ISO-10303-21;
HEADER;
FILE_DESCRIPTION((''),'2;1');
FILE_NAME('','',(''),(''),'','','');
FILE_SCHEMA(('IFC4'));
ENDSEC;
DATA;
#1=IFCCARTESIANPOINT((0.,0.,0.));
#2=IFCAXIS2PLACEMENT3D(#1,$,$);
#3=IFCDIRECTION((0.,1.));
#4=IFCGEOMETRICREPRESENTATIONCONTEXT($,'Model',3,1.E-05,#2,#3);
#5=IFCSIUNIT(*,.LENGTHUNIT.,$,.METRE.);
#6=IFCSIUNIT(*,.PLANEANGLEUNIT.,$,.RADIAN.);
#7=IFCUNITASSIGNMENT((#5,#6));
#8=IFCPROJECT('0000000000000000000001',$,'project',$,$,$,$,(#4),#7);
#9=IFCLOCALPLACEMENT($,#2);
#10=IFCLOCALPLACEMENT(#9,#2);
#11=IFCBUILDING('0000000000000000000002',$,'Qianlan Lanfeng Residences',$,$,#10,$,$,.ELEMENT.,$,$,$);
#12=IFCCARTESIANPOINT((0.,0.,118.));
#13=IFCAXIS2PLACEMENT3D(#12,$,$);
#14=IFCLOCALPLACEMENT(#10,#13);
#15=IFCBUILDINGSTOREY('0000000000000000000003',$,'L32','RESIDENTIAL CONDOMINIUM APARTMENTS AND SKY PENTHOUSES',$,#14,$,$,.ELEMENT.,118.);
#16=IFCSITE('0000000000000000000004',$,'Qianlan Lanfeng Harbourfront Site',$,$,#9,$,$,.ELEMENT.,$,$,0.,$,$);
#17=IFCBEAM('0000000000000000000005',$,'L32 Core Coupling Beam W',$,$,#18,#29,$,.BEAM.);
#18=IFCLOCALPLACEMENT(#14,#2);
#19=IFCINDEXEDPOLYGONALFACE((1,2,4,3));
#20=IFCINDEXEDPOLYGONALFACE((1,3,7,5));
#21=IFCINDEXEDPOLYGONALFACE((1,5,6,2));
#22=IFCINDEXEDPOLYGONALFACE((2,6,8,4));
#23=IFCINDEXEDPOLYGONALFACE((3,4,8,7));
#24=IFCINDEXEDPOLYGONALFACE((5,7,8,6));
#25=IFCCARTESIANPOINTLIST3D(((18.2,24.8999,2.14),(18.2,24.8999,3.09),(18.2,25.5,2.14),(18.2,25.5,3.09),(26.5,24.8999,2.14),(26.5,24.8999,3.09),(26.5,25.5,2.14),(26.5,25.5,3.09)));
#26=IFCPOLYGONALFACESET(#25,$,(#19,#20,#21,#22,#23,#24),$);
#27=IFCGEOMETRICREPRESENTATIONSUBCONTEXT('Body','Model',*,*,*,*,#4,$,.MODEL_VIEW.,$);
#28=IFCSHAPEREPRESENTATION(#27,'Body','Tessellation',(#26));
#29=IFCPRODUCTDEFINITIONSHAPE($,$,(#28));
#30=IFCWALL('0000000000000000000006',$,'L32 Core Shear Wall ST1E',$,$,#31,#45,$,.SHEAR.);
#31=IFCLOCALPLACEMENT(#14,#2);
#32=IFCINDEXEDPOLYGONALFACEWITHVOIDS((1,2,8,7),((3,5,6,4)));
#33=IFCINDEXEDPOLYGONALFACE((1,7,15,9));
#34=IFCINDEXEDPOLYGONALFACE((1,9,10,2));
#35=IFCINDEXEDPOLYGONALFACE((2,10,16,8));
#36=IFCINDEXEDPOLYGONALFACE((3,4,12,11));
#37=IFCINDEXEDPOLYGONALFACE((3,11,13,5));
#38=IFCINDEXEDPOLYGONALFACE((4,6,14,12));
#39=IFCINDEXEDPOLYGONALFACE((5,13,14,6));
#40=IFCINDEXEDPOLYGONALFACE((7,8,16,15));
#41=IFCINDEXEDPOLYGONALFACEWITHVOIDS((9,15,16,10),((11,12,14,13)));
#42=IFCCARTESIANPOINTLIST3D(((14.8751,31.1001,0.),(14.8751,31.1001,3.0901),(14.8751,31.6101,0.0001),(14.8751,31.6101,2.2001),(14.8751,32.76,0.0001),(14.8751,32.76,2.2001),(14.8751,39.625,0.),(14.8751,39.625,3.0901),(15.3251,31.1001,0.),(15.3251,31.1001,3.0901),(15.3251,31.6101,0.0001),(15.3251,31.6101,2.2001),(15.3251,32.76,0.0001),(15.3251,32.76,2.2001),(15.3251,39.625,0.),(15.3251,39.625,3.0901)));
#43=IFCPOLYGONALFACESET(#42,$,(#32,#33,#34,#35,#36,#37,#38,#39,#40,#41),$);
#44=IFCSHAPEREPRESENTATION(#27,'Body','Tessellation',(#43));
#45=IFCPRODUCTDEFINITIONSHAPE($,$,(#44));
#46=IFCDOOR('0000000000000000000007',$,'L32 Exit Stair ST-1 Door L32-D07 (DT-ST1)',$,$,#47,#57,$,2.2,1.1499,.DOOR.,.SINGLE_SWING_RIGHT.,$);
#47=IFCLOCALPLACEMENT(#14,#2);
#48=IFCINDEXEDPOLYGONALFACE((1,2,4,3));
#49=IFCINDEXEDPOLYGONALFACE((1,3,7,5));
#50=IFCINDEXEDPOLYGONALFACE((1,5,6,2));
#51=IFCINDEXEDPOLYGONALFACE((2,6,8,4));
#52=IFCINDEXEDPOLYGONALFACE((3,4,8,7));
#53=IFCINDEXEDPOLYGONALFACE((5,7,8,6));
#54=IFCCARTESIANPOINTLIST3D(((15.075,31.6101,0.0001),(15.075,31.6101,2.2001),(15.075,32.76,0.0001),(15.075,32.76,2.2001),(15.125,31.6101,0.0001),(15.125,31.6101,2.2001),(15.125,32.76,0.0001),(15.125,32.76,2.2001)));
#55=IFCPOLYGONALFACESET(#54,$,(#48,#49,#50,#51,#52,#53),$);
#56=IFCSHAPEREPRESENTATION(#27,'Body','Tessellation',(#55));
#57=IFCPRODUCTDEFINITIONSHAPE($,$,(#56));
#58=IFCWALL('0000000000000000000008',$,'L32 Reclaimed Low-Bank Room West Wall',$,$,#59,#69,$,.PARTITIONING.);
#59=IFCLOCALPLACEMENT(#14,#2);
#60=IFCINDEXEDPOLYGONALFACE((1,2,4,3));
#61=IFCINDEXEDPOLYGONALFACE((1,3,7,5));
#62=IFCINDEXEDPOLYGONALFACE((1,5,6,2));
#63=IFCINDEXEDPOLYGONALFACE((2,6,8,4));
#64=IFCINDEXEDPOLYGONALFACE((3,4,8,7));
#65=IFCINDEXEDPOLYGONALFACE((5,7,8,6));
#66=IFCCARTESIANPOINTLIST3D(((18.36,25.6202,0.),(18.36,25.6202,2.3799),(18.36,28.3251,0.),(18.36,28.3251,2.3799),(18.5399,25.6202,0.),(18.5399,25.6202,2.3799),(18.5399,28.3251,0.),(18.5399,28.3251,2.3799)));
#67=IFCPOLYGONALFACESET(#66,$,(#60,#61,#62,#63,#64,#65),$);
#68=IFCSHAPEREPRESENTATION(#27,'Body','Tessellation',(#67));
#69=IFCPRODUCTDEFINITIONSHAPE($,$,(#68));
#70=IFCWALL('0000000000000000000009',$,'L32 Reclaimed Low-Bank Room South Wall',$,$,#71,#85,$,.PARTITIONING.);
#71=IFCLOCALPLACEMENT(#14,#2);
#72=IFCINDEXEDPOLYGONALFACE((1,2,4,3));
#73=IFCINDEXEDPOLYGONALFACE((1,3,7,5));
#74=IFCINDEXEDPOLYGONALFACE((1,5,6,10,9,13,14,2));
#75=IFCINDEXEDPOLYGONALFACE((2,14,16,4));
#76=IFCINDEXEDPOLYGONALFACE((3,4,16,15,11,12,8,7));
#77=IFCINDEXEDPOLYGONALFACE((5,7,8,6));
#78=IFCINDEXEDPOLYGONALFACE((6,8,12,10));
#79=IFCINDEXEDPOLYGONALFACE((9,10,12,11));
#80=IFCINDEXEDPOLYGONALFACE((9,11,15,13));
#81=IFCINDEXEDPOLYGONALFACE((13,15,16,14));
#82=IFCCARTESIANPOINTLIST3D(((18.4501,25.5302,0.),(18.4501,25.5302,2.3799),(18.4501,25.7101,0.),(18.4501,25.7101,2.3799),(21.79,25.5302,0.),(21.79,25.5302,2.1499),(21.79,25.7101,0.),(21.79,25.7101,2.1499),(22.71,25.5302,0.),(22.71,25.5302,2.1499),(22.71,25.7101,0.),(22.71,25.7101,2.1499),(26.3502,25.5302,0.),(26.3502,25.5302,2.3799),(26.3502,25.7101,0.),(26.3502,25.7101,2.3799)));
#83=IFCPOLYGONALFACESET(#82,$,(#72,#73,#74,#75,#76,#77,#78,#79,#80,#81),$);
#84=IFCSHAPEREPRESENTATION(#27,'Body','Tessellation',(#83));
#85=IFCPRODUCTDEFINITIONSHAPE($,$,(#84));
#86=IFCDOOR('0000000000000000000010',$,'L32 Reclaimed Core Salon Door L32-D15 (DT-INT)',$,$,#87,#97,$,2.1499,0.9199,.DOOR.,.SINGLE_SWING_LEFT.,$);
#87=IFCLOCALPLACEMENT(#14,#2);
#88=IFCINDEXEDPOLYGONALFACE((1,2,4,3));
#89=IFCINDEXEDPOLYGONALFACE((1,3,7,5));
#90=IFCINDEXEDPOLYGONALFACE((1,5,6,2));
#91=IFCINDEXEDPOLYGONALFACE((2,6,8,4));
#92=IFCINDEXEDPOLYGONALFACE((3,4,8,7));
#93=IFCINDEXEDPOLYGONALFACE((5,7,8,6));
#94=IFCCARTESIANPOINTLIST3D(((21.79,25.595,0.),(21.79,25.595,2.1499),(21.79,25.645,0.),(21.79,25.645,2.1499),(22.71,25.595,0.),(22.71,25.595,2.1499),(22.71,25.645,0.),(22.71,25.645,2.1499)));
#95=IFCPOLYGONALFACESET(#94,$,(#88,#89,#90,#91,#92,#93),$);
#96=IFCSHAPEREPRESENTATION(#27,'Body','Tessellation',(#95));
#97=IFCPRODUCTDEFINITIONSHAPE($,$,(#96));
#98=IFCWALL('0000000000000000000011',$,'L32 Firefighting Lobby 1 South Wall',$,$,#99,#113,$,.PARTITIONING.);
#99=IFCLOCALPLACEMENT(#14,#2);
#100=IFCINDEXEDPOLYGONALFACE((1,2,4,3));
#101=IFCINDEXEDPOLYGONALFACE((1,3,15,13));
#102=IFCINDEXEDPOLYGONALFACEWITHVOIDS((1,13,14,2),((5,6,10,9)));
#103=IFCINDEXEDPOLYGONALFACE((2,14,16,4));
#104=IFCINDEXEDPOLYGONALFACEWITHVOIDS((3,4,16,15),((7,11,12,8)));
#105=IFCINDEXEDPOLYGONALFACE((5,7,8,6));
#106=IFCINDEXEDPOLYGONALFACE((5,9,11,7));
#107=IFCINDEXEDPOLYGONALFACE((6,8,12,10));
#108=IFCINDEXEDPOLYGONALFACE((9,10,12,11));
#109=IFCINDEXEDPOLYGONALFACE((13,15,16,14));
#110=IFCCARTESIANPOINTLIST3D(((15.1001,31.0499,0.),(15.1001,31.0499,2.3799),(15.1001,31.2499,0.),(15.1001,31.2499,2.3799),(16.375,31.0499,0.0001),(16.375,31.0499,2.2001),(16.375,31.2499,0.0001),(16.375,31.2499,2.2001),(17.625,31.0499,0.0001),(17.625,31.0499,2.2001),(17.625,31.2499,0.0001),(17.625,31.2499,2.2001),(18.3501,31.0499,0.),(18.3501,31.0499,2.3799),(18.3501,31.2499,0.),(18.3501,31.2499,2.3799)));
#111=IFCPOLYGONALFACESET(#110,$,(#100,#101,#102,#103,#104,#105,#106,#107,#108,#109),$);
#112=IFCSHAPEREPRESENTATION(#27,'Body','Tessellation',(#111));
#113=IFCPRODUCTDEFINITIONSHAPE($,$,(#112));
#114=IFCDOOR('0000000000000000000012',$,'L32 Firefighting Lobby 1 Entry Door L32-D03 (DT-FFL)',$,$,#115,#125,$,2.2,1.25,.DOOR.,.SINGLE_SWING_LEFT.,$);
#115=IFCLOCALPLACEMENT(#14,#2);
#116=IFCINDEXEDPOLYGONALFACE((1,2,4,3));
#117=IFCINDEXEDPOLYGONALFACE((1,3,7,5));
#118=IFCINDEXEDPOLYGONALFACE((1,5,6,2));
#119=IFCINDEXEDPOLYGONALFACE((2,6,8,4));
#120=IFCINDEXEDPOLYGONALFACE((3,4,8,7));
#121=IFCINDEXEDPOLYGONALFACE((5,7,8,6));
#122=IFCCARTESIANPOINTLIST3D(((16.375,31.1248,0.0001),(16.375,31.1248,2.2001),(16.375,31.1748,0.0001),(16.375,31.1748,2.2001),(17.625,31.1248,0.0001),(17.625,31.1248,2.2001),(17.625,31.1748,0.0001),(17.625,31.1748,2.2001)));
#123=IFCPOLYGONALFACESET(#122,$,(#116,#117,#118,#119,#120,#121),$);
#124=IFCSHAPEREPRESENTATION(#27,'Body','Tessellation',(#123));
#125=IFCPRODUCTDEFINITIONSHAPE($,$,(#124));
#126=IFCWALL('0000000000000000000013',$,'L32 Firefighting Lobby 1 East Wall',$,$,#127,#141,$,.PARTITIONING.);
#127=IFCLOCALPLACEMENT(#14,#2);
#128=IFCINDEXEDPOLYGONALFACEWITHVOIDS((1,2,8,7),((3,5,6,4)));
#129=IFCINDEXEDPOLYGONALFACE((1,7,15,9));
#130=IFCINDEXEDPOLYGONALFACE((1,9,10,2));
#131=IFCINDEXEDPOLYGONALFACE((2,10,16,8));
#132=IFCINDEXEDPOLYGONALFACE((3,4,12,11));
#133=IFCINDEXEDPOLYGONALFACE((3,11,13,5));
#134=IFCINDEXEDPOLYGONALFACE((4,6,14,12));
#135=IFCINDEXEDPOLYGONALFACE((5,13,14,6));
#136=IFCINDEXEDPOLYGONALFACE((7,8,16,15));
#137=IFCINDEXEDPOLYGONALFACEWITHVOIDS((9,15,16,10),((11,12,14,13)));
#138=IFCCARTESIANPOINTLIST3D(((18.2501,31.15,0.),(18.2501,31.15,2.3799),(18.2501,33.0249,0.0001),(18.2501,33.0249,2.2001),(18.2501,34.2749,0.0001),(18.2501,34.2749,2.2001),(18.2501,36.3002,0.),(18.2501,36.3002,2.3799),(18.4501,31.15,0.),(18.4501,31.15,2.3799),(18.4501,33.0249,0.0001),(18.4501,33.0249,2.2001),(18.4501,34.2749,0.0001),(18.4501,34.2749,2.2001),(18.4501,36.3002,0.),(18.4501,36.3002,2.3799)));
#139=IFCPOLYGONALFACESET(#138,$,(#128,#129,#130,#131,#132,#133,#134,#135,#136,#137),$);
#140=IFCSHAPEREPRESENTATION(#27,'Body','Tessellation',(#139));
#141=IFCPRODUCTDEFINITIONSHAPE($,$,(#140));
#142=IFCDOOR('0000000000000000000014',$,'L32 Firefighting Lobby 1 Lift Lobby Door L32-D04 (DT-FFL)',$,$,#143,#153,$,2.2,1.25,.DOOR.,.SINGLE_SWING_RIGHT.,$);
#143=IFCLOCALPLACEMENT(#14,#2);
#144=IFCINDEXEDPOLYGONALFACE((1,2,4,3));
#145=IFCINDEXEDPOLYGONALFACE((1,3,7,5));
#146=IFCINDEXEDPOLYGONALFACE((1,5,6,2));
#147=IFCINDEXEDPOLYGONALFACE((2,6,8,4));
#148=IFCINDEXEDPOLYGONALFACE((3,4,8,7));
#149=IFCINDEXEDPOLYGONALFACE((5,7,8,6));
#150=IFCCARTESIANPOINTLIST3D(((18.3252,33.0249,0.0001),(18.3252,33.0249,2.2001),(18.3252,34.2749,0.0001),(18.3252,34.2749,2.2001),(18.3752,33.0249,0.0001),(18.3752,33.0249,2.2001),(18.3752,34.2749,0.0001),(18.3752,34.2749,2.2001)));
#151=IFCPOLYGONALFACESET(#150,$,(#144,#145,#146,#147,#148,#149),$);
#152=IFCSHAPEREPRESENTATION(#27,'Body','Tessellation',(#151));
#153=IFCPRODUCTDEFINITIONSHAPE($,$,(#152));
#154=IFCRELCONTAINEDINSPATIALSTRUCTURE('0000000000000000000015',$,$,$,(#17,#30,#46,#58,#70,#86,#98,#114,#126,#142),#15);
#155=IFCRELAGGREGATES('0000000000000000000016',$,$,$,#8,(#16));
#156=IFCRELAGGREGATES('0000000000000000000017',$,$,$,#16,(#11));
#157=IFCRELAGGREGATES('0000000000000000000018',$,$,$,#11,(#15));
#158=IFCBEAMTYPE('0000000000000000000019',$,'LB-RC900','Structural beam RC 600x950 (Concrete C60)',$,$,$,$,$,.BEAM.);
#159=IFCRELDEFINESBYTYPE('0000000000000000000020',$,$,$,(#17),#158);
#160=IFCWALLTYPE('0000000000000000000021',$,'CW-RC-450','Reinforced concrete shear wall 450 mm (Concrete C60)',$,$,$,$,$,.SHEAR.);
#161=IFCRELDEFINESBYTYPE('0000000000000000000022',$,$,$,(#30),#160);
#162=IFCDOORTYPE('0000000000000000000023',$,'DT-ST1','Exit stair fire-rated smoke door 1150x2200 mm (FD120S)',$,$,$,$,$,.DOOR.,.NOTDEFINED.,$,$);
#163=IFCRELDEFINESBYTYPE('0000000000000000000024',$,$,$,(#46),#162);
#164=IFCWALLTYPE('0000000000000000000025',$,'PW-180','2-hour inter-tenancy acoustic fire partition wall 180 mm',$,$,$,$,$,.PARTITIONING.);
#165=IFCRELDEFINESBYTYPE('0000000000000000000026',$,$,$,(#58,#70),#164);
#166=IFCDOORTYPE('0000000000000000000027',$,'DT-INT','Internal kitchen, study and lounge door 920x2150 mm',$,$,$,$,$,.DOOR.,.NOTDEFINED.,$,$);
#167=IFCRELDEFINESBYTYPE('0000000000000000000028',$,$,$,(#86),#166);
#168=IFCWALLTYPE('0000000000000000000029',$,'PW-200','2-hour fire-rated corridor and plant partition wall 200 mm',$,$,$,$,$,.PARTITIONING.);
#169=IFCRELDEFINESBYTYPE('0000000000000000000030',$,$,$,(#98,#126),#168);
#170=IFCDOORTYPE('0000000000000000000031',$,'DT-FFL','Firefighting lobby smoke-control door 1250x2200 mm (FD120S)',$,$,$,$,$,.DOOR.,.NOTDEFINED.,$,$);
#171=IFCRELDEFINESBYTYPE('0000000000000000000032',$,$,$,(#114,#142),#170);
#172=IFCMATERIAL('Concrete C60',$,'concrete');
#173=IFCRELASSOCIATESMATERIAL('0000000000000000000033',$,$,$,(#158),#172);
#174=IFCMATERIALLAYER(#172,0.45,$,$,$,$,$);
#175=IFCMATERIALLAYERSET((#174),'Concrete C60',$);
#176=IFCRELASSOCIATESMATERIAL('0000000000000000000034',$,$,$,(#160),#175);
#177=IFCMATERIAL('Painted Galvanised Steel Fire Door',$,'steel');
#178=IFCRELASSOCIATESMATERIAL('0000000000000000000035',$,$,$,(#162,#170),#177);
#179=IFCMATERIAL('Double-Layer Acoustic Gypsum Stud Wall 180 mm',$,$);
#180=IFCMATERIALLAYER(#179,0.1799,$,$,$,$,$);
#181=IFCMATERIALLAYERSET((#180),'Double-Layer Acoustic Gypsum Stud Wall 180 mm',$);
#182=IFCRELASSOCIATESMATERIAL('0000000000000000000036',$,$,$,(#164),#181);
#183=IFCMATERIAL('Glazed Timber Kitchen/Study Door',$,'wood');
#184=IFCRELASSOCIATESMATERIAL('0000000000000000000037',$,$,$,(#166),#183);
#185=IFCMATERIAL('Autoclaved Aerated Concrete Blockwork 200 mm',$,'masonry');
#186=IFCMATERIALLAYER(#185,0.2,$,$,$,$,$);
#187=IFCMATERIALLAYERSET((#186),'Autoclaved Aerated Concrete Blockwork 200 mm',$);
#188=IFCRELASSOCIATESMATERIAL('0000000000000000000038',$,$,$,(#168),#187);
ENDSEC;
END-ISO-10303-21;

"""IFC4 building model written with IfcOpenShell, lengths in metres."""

from ifc_helpers import new_model, si_unit, direction, frame, frame_2d, origin, origin_2d, place, context, subcontext, project, spatial, rectangle, extrude, material, layer, layer_set, material_profile, profile_set, type_object, element, fill, save


model = new_model("IFC4")

# Units and contexts
model_context = context("Model", 3, precision=1e-05, world=origin(), true_north=direction((0.0, 1.0)))
body_context = subcontext(model_context, "Body", "Model", "MODEL_VIEW")
ifc_project = project(units=[si_unit("LENGTHUNIT", "METRE"), si_unit("PLANEANGLEUNIT", "RADIAN")], contexts=[model_context])

# Site, building, storey
site_placement = place(None, origin())
site = spatial("IfcSite", under=ifc_project, at=site_placement, Name="Qianlan Lanfeng Harbourfront Site", CompositionType="ELEMENT", RefElevation=0.0)
building_placement = place(site_placement, origin())
building = spatial("IfcBuilding", under=site, at=building_placement, Name="Qianlan Lanfeng Residences", CompositionType="ELEMENT")
storey_placement = place(building_placement, frame((0.0, 0.0, 118.0)))
storey = spatial("IfcBuildingStorey", under=building, at=storey_placement, Name="L32", Description="RESIDENTIAL CONDOMINIUM APARTMENTS AND SKY PENTHOUSES", CompositionType="ELEMENT", Elevation=118.0)

# Beam
ifc_material_1 = material(Name="Concrete C60", Category="concrete")
ifc_material_profile = material_profile(ifc_material_1, rectangle(XDim=0.6001, YDim=0.95, at=origin_2d()), Name="RC 600x950")
ifc_profile_set = profile_set([ifc_material_profile], Name="Concrete C60")
beam_type = type_object("IfcBeamType", Name="LB-RC900", Description="Structural beam RC 600x950 (Concrete C60)", PredefinedType="BEAM", material=ifc_profile_set)
beam_placement = place(storey_placement, frame((18.2, 25.2, 2.615), z_axis=(1.0, 0.0, 0.0), x_axis=(0.0, 1.0, 0.0)))
element("IfcBeam", 1, at=beam_placement, inside=storey, type_object=beam_type, Name="L32 Core Coupling Beam W", PredefinedType="BEAM", context=body_context, shape_type="SweptSolid", body=[
    extrude(rectangle(XDim=0.6001, YDim=0.95, at=origin_2d()), origin(), (0.0, 0.0, 1.0), 8.3),
])

# Wall, opening, door
ifc_layer_1 = layer(ifc_material_1, 0.45)
ifc_layer_set_1 = layer_set([ifc_layer_1], Name="Concrete C60")
wall_type_1 = type_object("IfcWallType", Name="CW-RC-450", Description="Reinforced concrete shear wall 450 mm (Concrete C60)", PredefinedType="SHEAR", material=ifc_layer_set_1)
wall_1_placement = place(storey_placement, frame((15.1001, 31.1001, 0.0), z_axis=(0.0, 0.0, 1.0), x_axis=(0.0, 1.0, 0.0)))
wall_1 = element("IfcWall", 2, at=wall_1_placement, inside=storey, type_object=wall_type_1, Name="L32 Core Shear Wall ST1E", PredefinedType="SHEAR", context=body_context, shape_type="SweptSolid", body=[
    extrude(rectangle(XDim=8.5249, YDim=0.45, at=frame_2d((4.2625, 0.0))), origin(), (0.0, 0.0, 1.0), 3.0901),
])
opening_1_placement = place(wall_1_placement, frame((0.51, 0.0, 0.0)))
opening_1 = element("IfcOpeningElement", 3, at=opening_1_placement, cuts=wall_1, PredefinedType="OPENING", context=body_context, shape_type="SweptSolid", body=[
    extrude(rectangle(XDim=1.1499, YDim=2.2, at=frame_2d((0.575, 1.1001))), frame((0.0, 0.2349, 0.0), z_axis=(0.0, -1.0, 0.0), x_axis=(1.0, 0.0, 0.0)), (0.0, 0.0, 1.0), 0.47),
])
ifc_material_2 = material(Name="Painted Galvanised Steel Fire Door", Category="steel")
door_type_1 = type_object("IfcDoorType", Name="DT-ST1", Description="Exit stair fire-rated smoke door 1150x2200 mm (FD120S)", OperationType="NOTDEFINED", PredefinedType="DOOR", material=ifc_material_2)
door_1_placement = place(opening_1_placement, frame((1.1499, 0.0, 0.0), z_axis=(0.0, 0.0, 1.0), x_axis=(-1.0, 0.0, 0.0)))
door_1 = element("IfcDoor", 4, at=door_1_placement, inside=storey, type_object=door_type_1, Name="L32 Exit Stair ST-1 Door L32-D07 (DT-ST1)", OperationType="SINGLE_SWING_RIGHT", OverallHeight=2.2, OverallWidth=1.1499, PredefinedType="DOOR", context=body_context, shape_type="SweptSolid", body=[
    extrude(rectangle(XDim=1.1499, YDim=2.2, at=frame_2d((0.575, 1.1001))), frame((0.0, 0.0249, 0.0), z_axis=(0.0, -1.0, 0.0), x_axis=(1.0, 0.0, 0.0)), (0.0, 0.0, 1.0), 0.05),
])
fill(opening_1, door_1)

# Shared definitions
ifc_material_3 = material(Name="Double-Layer Acoustic Gypsum Stud Wall 180 mm")
ifc_layer_2 = layer(ifc_material_3, 0.1799)
ifc_layer_set_2 = layer_set([ifc_layer_2], Name="Double-Layer Acoustic Gypsum Stud Wall 180 mm")
wall_type_2 = type_object("IfcWallType", Name="PW-180", Description="2-hour inter-tenancy acoustic fire partition wall 180 mm", PredefinedType="PARTITIONING", material=ifc_layer_set_2)
ifc_material_4 = material(Name="Glazed Timber Kitchen/Study Door", Category="wood")
door_type_2 = type_object("IfcDoorType", Name="DT-INT", Description="Internal kitchen, study and lounge door 920x2150 mm", OperationType="NOTDEFINED", PredefinedType="DOOR", material=ifc_material_4)

# Wall
wall_2_placement = place(storey_placement, frame((18.45, 25.6201, 0.0), z_axis=(0.0, 0.0, 1.0), x_axis=(0.0, 1.0, 0.0)))
element("IfcWall", 5, at=wall_2_placement, inside=storey, type_object=wall_type_2, Name="L32 Reclaimed Low-Bank Room West Wall", PredefinedType="PARTITIONING", context=body_context, shape_type="SweptSolid", body=[
    extrude(rectangle(XDim=2.7048, YDim=0.1799, at=frame_2d((1.3525, 0.0))), origin(), (0.0, 0.0, 1.0), 2.3799),
])

# Walls, openings, doors
wall_3_placement = place(storey_placement, frame((18.45, 25.6201, 0.0), z_axis=(0.0, 0.0, 1.0), x_axis=(1.0, 0.0, 0.0)))
wall_3 = element("IfcWall", 6, at=wall_3_placement, inside=storey, type_object=wall_type_2, Name="L32 Reclaimed Low-Bank Room South Wall", PredefinedType="PARTITIONING", context=body_context, shape_type="SweptSolid", body=[
    extrude(rectangle(XDim=7.9001, YDim=0.1799, at=frame_2d((3.9502, 0.0))), origin(), (0.0, 0.0, 1.0), 2.3799),
])
opening_2_placement = place(wall_3_placement, frame((3.3401, 0.0, 0.0)))
opening_2 = element("IfcOpeningElement", 7, at=opening_2_placement, cuts=wall_3, PredefinedType="OPENING", context=body_context, shape_type="SweptSolid", body=[
    extrude(rectangle(XDim=0.9199, YDim=2.1499, at=frame_2d((0.46, 1.075))), frame((0.0, 0.1001, 0.0), z_axis=(0.0, -1.0, 0.0), x_axis=(1.0, 0.0, 0.0)), (0.0, 0.0, 1.0), 0.2),
])
door_2_placement = place(opening_2_placement, origin())
door_2 = element("IfcDoor", 8, at=door_2_placement, inside=storey, type_object=door_type_2, Name="L32 Reclaimed Core Salon Door L32-D15 (DT-INT)", OperationType="SINGLE_SWING_LEFT", OverallHeight=2.1499, OverallWidth=0.9199, PredefinedType="DOOR", context=body_context, shape_type="SweptSolid", body=[
    extrude(rectangle(XDim=0.9199, YDim=2.1499, at=frame_2d((0.46, 1.075))), frame((0.0, 0.0249, 0.0), z_axis=(0.0, -1.0, 0.0), x_axis=(1.0, 0.0, 0.0)), (0.0, 0.0, 1.0), 0.05),
])
fill(opening_2, door_2)
ifc_material_5 = material(Name="Autoclaved Aerated Concrete Blockwork 200 mm", Category="masonry")
ifc_layer_3 = layer(ifc_material_5, 0.2)
ifc_layer_set_3 = layer_set([ifc_layer_3], Name="Autoclaved Aerated Concrete Blockwork 200 mm")
wall_type_3 = type_object("IfcWallType", Name="PW-200", Description="2-hour fire-rated corridor and plant partition wall 200 mm", PredefinedType="PARTITIONING", material=ifc_layer_set_3)
wall_4_placement = place(storey_placement, frame((15.1001, 31.1499, 0.0), z_axis=(0.0, 0.0, 1.0), x_axis=(1.0, 0.0, 0.0)))
wall_4 = element("IfcWall", 9, at=wall_4_placement, inside=storey, type_object=wall_type_3, Name="L32 Firefighting Lobby 1 South Wall", PredefinedType="PARTITIONING", context=body_context, shape_type="SweptSolid", body=[
    extrude(rectangle(XDim=3.25, YDim=0.2, at=frame_2d((1.625, 0.0))), origin(), (0.0, 0.0, 1.0), 2.3799),
])
opening_3_placement = place(wall_4_placement, frame((1.2749, 0.0, 0.0)))
opening_3 = element("IfcOpeningElement", 10, at=opening_3_placement, cuts=wall_4, PredefinedType="OPENING", context=body_context, shape_type="SweptSolid", body=[
    extrude(rectangle(XDim=1.25, YDim=2.2, at=frame_2d((0.625, 1.1001))), frame((0.0, 0.1099, 0.0), z_axis=(0.0, -1.0, 0.0), x_axis=(1.0, 0.0, 0.0)), (0.0, 0.0, 1.0), 0.22),
])
door_type_3 = type_object("IfcDoorType", Name="DT-FFL", Description="Firefighting lobby smoke-control door 1250x2200 mm (FD120S)", OperationType="NOTDEFINED", PredefinedType="DOOR", material=ifc_material_2)
door_3_placement = place(opening_3_placement, origin())
door_3 = element("IfcDoor", 11, at=door_3_placement, inside=storey, type_object=door_type_3, Name="L32 Firefighting Lobby 1 Entry Door L32-D03 (DT-FFL)", OperationType="SINGLE_SWING_LEFT", OverallHeight=2.2, OverallWidth=1.25, PredefinedType="DOOR", context=body_context, shape_type="SweptSolid", body=[
    extrude(rectangle(XDim=1.25, YDim=2.2, at=frame_2d((0.625, 1.1001))), frame((0.0, 0.0249, 0.0), z_axis=(0.0, -1.0, 0.0), x_axis=(1.0, 0.0, 0.0)), (0.0, 0.0, 1.0), 0.05),
])
fill(opening_3, door_3)
wall_5_placement = place(storey_placement, frame((18.3501, 31.1499, 0.0), z_axis=(0.0, 0.0, 1.0), x_axis=(0.0, 1.0, 0.0)))
wall_5 = element("IfcWall", 12, at=wall_5_placement, inside=storey, type_object=wall_type_3, Name="L32 Firefighting Lobby 1 East Wall", PredefinedType="PARTITIONING", context=body_context, shape_type="SweptSolid", body=[
    extrude(rectangle(XDim=5.1501, YDim=0.2, at=frame_2d((2.5752, 0.0))), origin(), (0.0, 0.0, 1.0), 2.3799),
])
opening_4_placement = place(wall_5_placement, frame((1.875, 0.0, 0.0)))
opening_4 = element("IfcOpeningElement", 13, at=opening_4_placement, cuts=wall_5, PredefinedType="OPENING", context=body_context, shape_type="SweptSolid", body=[
    extrude(rectangle(XDim=1.25, YDim=2.2, at=frame_2d((0.625, 1.1001))), frame((0.0, 0.1099, 0.0), z_axis=(0.0, -1.0, 0.0), x_axis=(1.0, 0.0, 0.0)), (0.0, 0.0, 1.0), 0.22),
])
door_4_placement = place(opening_4_placement, origin())
door_4 = element("IfcDoor", 14, at=door_4_placement, inside=storey, type_object=door_type_3, Name="L32 Firefighting Lobby 1 Lift Lobby Door L32-D04 (DT-FFL)", OperationType="SINGLE_SWING_RIGHT", OverallHeight=2.2, OverallWidth=1.25, PredefinedType="DOOR", context=body_context, shape_type="SweptSolid", body=[
    extrude(rectangle(XDim=1.25, YDim=2.2, at=frame_2d((0.625, 1.1001))), frame((0.0, 0.0249, 0.0), z_axis=(0.0, -1.0, 0.0), x_axis=(1.0, 0.0, 0.0)), (0.0, 0.0, 1.0), 0.05),
])
fill(opening_4, door_4)

save(model, "model.ifc")
